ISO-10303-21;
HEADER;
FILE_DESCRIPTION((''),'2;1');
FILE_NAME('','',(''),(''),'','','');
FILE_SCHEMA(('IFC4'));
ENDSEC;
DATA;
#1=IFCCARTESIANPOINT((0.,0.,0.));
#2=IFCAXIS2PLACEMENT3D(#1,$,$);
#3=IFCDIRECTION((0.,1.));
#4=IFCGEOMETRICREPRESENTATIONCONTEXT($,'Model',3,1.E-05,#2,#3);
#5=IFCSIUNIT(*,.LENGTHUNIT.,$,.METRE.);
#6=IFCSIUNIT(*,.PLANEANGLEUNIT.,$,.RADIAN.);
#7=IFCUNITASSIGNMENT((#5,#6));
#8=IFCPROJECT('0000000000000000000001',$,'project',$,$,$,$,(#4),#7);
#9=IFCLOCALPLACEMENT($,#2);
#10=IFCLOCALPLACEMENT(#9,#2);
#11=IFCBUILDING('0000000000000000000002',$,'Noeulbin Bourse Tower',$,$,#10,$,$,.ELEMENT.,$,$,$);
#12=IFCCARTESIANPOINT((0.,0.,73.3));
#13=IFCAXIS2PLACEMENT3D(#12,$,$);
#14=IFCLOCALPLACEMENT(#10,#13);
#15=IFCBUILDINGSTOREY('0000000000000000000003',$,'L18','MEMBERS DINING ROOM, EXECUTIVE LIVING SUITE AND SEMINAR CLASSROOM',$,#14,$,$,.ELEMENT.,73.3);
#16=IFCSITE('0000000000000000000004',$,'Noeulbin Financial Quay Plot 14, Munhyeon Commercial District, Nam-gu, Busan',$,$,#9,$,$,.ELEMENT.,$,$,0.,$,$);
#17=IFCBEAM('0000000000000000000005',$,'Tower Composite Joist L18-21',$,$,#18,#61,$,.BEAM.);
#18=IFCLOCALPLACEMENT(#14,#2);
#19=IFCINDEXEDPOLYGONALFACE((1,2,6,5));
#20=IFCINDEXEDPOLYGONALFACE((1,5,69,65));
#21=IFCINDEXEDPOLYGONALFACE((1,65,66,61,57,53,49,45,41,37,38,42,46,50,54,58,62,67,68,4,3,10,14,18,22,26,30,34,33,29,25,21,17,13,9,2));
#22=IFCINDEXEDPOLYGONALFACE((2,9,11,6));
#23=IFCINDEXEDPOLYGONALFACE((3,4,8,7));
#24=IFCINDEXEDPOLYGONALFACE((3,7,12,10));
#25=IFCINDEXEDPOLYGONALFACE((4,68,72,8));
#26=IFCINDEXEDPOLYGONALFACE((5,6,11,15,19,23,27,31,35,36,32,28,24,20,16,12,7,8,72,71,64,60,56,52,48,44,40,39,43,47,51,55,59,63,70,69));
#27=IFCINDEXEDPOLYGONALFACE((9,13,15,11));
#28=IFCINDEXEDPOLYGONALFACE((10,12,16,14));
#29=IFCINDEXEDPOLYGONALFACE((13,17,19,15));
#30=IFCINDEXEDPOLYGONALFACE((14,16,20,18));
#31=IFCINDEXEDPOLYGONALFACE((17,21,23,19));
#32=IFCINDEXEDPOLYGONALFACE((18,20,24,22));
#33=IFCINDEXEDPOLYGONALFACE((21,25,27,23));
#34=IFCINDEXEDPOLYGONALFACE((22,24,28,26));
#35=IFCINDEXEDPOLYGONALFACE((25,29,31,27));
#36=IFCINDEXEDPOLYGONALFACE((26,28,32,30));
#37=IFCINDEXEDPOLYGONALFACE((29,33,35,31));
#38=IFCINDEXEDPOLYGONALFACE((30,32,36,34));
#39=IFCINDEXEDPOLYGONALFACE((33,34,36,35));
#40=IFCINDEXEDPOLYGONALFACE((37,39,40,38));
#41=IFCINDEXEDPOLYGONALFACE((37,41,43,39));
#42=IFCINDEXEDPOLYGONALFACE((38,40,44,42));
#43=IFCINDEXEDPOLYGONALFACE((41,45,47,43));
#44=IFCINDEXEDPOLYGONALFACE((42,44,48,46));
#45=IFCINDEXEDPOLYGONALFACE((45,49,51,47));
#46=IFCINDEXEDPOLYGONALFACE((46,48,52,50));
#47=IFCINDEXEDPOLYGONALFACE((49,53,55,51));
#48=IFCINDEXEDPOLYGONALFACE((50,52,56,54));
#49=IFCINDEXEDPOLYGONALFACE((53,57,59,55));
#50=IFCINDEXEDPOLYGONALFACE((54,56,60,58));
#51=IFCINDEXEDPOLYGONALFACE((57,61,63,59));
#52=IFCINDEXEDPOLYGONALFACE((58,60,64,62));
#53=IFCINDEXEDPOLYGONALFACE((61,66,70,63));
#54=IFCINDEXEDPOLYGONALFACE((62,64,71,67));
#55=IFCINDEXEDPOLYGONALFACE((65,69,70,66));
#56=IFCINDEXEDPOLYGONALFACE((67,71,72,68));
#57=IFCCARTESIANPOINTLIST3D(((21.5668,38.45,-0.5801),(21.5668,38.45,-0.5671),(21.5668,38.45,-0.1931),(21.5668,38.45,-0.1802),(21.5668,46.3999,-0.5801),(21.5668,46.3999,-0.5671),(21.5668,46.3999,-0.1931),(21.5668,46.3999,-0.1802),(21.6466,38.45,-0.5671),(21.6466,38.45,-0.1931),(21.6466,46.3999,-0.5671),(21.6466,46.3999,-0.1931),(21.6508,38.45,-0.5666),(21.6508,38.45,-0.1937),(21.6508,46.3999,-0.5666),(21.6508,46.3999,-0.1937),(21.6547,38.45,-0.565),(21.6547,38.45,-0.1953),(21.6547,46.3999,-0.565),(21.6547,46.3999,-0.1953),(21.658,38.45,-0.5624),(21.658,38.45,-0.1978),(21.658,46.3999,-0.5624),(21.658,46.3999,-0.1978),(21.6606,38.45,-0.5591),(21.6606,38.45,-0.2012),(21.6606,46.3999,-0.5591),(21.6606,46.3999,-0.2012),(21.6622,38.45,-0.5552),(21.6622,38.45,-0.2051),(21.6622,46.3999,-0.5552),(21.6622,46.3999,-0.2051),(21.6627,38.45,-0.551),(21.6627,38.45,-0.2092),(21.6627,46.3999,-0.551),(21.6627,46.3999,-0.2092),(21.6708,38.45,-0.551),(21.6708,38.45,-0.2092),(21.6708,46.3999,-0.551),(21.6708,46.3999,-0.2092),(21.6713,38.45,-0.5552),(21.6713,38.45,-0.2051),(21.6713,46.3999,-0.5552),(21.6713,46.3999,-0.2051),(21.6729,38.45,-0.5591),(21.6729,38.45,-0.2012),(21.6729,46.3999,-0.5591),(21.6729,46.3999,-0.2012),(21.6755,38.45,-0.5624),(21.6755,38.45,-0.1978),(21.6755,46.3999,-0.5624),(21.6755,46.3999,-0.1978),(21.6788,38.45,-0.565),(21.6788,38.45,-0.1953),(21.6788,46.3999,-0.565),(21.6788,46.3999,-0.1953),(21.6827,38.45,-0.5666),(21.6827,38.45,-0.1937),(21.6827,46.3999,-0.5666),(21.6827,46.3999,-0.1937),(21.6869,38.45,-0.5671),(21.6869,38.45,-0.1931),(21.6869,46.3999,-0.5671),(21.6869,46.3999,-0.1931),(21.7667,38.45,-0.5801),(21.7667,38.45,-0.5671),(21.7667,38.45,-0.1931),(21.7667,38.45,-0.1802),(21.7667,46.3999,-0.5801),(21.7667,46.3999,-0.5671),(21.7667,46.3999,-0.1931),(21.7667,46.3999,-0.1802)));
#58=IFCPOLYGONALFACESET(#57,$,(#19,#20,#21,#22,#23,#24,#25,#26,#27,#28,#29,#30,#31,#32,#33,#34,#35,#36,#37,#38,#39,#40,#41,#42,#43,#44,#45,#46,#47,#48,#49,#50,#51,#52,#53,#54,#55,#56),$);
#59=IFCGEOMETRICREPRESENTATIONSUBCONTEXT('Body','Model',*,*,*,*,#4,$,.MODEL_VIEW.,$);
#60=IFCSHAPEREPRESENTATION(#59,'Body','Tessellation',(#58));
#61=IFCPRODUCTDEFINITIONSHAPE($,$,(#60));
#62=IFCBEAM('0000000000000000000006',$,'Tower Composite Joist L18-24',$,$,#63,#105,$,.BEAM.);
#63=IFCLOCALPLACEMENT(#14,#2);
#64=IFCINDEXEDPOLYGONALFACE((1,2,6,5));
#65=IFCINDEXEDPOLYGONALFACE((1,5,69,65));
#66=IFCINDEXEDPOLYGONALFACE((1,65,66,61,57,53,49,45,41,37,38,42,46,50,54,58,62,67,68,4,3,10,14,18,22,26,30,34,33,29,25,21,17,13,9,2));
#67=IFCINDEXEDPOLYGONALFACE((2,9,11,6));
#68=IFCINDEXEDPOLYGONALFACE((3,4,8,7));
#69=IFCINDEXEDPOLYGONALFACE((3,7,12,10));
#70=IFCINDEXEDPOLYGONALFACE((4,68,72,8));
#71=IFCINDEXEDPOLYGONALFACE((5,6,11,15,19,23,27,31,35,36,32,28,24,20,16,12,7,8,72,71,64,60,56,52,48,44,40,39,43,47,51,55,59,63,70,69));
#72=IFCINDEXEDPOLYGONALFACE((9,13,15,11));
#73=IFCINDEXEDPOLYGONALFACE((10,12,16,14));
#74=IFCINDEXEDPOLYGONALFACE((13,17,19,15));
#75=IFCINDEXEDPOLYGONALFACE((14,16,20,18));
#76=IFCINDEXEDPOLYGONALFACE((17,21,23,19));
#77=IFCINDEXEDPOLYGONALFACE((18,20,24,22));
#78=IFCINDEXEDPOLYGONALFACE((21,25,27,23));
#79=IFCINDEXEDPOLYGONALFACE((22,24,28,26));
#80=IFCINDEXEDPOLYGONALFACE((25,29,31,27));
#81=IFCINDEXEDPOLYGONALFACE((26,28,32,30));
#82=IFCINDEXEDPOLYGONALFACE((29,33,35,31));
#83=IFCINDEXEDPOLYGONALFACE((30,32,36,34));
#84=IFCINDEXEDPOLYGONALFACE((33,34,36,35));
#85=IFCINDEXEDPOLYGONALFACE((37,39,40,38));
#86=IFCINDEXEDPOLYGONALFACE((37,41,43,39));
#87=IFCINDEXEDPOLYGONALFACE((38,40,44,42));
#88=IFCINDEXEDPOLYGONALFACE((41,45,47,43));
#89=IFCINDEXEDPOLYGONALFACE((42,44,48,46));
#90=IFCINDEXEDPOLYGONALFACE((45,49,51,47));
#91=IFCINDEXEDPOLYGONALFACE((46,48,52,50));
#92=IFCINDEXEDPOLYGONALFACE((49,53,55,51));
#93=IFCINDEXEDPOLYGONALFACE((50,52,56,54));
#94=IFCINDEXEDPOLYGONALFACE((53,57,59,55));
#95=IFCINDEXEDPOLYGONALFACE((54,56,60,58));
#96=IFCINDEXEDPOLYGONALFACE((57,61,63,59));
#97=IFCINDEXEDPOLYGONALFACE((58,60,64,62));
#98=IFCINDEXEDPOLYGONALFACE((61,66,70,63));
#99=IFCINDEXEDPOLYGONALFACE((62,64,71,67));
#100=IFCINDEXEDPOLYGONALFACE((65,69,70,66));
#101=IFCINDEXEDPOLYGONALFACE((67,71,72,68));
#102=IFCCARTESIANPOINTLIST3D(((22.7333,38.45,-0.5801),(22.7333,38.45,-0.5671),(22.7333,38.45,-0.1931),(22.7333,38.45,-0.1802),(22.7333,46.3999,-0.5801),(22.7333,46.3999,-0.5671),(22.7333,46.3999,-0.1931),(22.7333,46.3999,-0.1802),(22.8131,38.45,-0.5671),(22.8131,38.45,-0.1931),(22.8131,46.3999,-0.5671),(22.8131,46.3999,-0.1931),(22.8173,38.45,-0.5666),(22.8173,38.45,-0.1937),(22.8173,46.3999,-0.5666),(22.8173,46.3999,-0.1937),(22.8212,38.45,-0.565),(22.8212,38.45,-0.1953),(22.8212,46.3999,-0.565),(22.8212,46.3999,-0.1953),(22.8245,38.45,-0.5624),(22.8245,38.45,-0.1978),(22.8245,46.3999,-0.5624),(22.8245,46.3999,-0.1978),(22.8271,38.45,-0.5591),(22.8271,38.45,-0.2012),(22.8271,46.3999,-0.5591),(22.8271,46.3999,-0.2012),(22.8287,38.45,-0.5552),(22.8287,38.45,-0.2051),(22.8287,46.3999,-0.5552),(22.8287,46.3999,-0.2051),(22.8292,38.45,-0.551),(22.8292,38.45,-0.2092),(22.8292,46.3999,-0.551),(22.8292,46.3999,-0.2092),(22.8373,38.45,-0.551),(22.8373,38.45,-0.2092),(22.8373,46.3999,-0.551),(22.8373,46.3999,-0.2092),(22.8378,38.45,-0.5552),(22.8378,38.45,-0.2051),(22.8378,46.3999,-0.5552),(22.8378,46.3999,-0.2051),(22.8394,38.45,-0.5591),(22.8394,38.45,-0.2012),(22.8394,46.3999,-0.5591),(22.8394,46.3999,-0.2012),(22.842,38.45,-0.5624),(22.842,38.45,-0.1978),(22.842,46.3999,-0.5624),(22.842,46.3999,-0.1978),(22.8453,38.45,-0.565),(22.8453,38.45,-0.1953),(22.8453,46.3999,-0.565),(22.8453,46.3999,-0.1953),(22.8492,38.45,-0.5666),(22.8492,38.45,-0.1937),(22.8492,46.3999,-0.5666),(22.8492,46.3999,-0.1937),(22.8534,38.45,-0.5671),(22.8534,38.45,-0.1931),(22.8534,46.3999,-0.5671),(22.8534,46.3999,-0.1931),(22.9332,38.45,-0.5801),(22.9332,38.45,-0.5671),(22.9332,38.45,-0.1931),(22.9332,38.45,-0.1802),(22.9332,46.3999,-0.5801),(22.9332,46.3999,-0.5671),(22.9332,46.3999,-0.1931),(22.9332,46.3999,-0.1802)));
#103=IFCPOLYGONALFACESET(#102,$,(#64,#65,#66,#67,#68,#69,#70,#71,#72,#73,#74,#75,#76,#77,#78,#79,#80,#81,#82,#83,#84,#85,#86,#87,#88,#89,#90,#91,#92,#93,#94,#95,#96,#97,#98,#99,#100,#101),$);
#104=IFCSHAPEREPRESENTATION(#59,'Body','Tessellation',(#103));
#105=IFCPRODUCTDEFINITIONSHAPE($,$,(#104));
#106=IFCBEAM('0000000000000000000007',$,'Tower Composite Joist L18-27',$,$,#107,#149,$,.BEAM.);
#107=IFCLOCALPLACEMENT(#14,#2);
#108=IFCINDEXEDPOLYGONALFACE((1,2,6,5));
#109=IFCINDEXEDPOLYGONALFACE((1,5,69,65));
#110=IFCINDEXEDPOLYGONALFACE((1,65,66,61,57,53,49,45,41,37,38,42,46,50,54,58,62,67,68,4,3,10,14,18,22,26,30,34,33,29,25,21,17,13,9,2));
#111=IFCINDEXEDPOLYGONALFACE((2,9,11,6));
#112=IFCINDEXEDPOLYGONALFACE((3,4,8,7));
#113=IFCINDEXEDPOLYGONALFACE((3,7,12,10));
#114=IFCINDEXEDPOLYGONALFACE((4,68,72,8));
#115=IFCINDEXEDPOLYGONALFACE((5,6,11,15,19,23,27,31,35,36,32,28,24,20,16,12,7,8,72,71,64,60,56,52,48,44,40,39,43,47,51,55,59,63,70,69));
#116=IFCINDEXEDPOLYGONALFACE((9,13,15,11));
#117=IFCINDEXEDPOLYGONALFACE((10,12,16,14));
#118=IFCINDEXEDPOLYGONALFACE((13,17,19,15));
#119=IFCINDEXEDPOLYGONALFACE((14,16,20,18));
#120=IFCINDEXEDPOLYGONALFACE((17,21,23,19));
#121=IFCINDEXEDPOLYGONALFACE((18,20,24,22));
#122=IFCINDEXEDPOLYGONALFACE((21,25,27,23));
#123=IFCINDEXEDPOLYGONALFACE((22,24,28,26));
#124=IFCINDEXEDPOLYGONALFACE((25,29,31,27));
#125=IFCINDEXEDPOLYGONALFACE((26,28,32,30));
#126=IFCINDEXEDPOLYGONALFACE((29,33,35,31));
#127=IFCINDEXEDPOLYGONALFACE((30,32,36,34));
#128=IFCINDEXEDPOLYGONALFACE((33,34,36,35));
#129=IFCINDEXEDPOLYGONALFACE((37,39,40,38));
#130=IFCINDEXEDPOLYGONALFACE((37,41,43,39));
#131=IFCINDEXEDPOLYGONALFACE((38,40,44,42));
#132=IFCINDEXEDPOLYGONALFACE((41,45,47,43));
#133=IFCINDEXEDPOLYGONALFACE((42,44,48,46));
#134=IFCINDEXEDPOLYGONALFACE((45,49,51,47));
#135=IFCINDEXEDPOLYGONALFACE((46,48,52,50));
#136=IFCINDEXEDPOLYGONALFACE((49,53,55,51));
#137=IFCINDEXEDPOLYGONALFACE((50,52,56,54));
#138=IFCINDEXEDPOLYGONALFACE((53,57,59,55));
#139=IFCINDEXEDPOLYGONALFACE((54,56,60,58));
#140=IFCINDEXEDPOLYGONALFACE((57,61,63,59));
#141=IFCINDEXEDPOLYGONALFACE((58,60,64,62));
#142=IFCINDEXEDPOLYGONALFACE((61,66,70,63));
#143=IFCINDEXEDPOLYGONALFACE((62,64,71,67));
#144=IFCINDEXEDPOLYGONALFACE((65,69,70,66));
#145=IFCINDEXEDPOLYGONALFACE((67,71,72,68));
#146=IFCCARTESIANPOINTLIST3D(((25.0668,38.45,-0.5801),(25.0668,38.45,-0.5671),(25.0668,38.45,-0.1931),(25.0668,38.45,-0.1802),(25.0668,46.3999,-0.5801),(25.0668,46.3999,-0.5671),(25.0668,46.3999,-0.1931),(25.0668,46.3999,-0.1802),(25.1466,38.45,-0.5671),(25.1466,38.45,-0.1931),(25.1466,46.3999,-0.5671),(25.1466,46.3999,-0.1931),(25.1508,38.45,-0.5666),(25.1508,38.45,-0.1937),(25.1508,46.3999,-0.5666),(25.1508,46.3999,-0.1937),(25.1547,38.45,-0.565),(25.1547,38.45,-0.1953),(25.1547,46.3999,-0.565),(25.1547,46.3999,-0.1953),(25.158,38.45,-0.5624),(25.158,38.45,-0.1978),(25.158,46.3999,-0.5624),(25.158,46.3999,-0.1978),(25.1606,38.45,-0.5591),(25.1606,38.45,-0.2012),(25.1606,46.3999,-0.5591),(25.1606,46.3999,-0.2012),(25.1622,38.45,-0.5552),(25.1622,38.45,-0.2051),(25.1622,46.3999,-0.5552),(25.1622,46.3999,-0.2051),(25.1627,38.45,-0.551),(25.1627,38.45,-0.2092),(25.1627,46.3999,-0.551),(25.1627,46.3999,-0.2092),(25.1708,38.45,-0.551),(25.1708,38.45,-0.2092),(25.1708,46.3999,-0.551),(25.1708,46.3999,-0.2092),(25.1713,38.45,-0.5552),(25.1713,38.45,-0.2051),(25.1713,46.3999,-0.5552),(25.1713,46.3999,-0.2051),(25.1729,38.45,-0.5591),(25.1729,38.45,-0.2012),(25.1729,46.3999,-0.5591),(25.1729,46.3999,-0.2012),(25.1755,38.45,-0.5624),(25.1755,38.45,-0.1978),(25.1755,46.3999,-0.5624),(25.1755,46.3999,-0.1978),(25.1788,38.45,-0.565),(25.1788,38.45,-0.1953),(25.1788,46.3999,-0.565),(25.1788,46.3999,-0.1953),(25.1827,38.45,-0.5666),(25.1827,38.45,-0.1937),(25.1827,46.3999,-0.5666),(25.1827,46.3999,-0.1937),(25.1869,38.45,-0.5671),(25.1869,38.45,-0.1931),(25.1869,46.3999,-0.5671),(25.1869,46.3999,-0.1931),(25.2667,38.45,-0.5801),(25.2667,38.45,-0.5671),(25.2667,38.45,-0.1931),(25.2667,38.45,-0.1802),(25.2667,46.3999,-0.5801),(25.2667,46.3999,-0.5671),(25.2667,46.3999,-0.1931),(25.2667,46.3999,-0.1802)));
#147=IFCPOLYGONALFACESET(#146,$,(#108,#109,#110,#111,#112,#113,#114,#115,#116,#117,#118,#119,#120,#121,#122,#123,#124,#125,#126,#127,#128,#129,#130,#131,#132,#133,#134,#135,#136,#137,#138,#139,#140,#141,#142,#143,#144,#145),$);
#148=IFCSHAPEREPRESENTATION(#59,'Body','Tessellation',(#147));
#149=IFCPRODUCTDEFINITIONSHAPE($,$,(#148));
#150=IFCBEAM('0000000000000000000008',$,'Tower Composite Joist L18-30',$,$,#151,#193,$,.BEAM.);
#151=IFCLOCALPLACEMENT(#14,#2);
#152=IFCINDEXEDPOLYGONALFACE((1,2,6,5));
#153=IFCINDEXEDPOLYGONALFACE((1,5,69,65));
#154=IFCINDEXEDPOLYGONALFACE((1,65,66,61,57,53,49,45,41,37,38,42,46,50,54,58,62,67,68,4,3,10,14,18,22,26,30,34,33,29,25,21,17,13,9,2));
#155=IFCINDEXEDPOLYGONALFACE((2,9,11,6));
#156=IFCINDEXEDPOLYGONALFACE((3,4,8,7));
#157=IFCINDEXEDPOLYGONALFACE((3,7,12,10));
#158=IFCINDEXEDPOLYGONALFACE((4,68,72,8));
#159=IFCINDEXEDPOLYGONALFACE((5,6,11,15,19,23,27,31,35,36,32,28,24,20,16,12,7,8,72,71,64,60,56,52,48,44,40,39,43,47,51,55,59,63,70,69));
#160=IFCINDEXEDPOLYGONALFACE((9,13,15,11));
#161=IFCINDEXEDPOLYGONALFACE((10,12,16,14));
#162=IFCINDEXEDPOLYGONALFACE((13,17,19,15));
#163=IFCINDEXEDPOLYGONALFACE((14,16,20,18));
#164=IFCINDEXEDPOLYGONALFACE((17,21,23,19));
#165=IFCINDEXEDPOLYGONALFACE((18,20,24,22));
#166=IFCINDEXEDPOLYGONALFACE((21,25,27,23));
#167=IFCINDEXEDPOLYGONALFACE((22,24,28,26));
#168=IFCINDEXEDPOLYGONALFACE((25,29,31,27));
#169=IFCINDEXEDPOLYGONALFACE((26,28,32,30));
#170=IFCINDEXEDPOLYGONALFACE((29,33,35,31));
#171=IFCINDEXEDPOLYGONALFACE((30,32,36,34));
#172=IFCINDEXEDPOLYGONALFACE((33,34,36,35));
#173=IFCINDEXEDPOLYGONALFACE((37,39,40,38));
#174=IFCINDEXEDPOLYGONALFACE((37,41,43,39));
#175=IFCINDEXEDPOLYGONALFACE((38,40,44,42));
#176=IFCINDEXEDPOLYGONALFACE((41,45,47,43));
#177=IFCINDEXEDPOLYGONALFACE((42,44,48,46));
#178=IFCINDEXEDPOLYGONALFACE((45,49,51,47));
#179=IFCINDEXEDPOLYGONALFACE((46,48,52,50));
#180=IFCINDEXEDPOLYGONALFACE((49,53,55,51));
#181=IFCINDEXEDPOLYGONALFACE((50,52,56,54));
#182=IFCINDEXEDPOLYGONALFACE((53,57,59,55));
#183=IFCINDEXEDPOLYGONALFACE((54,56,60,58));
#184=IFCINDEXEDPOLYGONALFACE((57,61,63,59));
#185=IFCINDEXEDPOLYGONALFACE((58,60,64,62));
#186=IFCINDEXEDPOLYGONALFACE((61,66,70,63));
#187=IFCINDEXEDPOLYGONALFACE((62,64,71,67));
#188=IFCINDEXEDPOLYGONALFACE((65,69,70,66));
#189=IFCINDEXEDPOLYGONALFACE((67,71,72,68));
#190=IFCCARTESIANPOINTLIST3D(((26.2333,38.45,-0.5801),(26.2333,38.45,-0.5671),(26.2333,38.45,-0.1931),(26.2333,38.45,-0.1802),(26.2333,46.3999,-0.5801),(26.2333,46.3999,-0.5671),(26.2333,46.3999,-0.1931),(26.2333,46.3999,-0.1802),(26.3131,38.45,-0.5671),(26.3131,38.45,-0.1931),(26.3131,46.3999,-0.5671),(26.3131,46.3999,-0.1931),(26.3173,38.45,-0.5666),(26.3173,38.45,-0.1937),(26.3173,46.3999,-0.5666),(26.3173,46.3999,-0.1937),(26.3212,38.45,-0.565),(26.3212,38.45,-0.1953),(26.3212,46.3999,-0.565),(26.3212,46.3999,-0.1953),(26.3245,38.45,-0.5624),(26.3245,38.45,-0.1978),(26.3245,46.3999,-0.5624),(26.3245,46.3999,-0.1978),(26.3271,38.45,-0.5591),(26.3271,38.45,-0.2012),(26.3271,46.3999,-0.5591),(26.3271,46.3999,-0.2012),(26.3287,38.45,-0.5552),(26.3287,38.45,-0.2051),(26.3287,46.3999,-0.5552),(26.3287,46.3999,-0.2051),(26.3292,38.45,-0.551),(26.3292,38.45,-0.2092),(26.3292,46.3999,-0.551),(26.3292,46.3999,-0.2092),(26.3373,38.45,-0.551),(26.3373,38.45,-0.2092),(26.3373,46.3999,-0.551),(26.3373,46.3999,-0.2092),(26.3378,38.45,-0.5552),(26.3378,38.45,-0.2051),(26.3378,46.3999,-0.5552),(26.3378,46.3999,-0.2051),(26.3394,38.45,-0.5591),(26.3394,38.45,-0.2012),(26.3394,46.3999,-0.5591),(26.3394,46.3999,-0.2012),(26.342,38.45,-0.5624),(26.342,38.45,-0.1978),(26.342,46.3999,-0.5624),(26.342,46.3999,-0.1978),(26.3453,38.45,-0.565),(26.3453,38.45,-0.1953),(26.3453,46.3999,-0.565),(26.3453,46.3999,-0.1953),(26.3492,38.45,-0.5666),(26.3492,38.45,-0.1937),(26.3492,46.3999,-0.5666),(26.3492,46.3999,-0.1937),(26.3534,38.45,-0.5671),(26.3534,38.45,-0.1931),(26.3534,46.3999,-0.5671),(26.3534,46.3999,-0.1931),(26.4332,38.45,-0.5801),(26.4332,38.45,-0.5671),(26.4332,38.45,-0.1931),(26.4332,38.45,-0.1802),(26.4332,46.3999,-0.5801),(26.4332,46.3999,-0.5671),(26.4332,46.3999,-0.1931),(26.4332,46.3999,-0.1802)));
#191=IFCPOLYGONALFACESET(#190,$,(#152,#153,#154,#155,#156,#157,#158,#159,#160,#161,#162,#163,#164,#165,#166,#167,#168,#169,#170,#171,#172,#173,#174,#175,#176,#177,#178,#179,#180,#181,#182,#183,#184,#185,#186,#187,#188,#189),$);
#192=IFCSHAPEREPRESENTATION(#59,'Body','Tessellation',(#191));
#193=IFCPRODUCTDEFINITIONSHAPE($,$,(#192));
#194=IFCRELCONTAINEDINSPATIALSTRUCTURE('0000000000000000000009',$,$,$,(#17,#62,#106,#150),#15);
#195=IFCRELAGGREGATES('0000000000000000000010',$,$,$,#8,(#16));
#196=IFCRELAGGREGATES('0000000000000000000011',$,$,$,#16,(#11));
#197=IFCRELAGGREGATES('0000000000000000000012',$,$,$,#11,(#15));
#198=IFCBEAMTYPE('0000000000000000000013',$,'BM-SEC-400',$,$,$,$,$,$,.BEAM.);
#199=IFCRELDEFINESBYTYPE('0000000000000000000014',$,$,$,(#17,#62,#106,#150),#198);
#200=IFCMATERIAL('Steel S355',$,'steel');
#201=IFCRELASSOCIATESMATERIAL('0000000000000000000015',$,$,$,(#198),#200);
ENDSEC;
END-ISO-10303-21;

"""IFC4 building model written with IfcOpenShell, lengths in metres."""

from ifc_helpers import new_model, si_unit, direction, frame, origin, origin_2d, place, context, subcontext, project, spatial, i_section, extrude, material, material_profile, profile_set, type_object, element, save


model = new_model("IFC4")

# Units and contexts
model_context = context("Model", 3, precision=1e-05, world=origin(), true_north=direction((0.0, 1.0)))
body_context = subcontext(model_context, "Body", "Model", "MODEL_VIEW")
ifc_project = project(units=[si_unit("LENGTHUNIT", "METRE"), si_unit("PLANEANGLEUNIT", "RADIAN")], contexts=[model_context])

# Site, building, storey
site_placement = place(None, origin())
site = spatial("IfcSite", under=ifc_project, at=site_placement, Name="Noeulbin Financial Quay Plot 14, Munhyeon Commercial District, Nam-gu, Busan", CompositionType="ELEMENT", RefElevation=0.0)
building_placement = place(site_placement, origin())
building = spatial("IfcBuilding", under=site, at=building_placement, Name="Noeulbin Bourse Tower", CompositionType="ELEMENT")
storey_placement = place(building_placement, frame((0.0, 0.0, 73.3)))
storey = spatial("IfcBuildingStorey", under=building, at=storey_placement, Name="L18", Description="MEMBERS DINING ROOM, EXECUTIVE LIVING SUITE AND SEMINAR CLASSROOM", CompositionType="ELEMENT", Elevation=73.3)

# Beams
ifc_material_1 = material(Name="Steel S355", Category="steel")
ifc_material_profile_1 = material_profile(ifc_material_1, i_section(OverallWidth=0.2, OverallDepth=0.3999, WebThickness=0.0081, FlangeThickness=0.0129, FilletRadius=0.0161, at=origin_2d()), Name="H-400x200x8x13", Category="LoadBearing")
ifc_profile_set_1 = profile_set([ifc_material_profile_1], Name="Steel S355")
beam_type_1 = type_object("IfcBeamType", Name="BM-SEC-400", PredefinedType="BEAM", material=ifc_profile_set_1)
for number, where, z_axis, x_axis, name in (
    (1, (21.6667, 38.45, -0.3801), (0.0, 1.0, 0.0), (-1.0, 0.0, 0.0), "Tower Composite Joist L18-21"),
    (2, (22.8333, 38.45, -0.3801), (0.0, 1.0, 0.0), (-1.0, 0.0, 0.0), "Tower Composite Joist L18-24"),
    (3, (25.1667, 38.45, -0.3801), (0.0, 1.0, 0.0), (-1.0, 0.0, 0.0), "Tower Composite Joist L18-27"),
    (4, (26.3333, 38.45, -0.3801), (0.0, 1.0, 0.0), (-1.0, 0.0, 0.0), "Tower Composite Joist L18-30"),
):
    element("IfcBeam", number, at=place(storey_placement, frame(where, z_axis=z_axis, x_axis=x_axis)), inside=storey, type_object=beam_type_1, Name=name, PredefinedType="BEAM", context=body_context, shape_type="SweptSolid", body=[
        extrude(i_section(OverallWidth=0.2, OverallDepth=0.3999, WebThickness=0.0081, FlangeThickness=0.0129, FilletRadius=0.0161, at=origin_2d()), origin(), (0.0, 0.0, 1.0), 7.95),
    ])

save(model, "model.ifc")
